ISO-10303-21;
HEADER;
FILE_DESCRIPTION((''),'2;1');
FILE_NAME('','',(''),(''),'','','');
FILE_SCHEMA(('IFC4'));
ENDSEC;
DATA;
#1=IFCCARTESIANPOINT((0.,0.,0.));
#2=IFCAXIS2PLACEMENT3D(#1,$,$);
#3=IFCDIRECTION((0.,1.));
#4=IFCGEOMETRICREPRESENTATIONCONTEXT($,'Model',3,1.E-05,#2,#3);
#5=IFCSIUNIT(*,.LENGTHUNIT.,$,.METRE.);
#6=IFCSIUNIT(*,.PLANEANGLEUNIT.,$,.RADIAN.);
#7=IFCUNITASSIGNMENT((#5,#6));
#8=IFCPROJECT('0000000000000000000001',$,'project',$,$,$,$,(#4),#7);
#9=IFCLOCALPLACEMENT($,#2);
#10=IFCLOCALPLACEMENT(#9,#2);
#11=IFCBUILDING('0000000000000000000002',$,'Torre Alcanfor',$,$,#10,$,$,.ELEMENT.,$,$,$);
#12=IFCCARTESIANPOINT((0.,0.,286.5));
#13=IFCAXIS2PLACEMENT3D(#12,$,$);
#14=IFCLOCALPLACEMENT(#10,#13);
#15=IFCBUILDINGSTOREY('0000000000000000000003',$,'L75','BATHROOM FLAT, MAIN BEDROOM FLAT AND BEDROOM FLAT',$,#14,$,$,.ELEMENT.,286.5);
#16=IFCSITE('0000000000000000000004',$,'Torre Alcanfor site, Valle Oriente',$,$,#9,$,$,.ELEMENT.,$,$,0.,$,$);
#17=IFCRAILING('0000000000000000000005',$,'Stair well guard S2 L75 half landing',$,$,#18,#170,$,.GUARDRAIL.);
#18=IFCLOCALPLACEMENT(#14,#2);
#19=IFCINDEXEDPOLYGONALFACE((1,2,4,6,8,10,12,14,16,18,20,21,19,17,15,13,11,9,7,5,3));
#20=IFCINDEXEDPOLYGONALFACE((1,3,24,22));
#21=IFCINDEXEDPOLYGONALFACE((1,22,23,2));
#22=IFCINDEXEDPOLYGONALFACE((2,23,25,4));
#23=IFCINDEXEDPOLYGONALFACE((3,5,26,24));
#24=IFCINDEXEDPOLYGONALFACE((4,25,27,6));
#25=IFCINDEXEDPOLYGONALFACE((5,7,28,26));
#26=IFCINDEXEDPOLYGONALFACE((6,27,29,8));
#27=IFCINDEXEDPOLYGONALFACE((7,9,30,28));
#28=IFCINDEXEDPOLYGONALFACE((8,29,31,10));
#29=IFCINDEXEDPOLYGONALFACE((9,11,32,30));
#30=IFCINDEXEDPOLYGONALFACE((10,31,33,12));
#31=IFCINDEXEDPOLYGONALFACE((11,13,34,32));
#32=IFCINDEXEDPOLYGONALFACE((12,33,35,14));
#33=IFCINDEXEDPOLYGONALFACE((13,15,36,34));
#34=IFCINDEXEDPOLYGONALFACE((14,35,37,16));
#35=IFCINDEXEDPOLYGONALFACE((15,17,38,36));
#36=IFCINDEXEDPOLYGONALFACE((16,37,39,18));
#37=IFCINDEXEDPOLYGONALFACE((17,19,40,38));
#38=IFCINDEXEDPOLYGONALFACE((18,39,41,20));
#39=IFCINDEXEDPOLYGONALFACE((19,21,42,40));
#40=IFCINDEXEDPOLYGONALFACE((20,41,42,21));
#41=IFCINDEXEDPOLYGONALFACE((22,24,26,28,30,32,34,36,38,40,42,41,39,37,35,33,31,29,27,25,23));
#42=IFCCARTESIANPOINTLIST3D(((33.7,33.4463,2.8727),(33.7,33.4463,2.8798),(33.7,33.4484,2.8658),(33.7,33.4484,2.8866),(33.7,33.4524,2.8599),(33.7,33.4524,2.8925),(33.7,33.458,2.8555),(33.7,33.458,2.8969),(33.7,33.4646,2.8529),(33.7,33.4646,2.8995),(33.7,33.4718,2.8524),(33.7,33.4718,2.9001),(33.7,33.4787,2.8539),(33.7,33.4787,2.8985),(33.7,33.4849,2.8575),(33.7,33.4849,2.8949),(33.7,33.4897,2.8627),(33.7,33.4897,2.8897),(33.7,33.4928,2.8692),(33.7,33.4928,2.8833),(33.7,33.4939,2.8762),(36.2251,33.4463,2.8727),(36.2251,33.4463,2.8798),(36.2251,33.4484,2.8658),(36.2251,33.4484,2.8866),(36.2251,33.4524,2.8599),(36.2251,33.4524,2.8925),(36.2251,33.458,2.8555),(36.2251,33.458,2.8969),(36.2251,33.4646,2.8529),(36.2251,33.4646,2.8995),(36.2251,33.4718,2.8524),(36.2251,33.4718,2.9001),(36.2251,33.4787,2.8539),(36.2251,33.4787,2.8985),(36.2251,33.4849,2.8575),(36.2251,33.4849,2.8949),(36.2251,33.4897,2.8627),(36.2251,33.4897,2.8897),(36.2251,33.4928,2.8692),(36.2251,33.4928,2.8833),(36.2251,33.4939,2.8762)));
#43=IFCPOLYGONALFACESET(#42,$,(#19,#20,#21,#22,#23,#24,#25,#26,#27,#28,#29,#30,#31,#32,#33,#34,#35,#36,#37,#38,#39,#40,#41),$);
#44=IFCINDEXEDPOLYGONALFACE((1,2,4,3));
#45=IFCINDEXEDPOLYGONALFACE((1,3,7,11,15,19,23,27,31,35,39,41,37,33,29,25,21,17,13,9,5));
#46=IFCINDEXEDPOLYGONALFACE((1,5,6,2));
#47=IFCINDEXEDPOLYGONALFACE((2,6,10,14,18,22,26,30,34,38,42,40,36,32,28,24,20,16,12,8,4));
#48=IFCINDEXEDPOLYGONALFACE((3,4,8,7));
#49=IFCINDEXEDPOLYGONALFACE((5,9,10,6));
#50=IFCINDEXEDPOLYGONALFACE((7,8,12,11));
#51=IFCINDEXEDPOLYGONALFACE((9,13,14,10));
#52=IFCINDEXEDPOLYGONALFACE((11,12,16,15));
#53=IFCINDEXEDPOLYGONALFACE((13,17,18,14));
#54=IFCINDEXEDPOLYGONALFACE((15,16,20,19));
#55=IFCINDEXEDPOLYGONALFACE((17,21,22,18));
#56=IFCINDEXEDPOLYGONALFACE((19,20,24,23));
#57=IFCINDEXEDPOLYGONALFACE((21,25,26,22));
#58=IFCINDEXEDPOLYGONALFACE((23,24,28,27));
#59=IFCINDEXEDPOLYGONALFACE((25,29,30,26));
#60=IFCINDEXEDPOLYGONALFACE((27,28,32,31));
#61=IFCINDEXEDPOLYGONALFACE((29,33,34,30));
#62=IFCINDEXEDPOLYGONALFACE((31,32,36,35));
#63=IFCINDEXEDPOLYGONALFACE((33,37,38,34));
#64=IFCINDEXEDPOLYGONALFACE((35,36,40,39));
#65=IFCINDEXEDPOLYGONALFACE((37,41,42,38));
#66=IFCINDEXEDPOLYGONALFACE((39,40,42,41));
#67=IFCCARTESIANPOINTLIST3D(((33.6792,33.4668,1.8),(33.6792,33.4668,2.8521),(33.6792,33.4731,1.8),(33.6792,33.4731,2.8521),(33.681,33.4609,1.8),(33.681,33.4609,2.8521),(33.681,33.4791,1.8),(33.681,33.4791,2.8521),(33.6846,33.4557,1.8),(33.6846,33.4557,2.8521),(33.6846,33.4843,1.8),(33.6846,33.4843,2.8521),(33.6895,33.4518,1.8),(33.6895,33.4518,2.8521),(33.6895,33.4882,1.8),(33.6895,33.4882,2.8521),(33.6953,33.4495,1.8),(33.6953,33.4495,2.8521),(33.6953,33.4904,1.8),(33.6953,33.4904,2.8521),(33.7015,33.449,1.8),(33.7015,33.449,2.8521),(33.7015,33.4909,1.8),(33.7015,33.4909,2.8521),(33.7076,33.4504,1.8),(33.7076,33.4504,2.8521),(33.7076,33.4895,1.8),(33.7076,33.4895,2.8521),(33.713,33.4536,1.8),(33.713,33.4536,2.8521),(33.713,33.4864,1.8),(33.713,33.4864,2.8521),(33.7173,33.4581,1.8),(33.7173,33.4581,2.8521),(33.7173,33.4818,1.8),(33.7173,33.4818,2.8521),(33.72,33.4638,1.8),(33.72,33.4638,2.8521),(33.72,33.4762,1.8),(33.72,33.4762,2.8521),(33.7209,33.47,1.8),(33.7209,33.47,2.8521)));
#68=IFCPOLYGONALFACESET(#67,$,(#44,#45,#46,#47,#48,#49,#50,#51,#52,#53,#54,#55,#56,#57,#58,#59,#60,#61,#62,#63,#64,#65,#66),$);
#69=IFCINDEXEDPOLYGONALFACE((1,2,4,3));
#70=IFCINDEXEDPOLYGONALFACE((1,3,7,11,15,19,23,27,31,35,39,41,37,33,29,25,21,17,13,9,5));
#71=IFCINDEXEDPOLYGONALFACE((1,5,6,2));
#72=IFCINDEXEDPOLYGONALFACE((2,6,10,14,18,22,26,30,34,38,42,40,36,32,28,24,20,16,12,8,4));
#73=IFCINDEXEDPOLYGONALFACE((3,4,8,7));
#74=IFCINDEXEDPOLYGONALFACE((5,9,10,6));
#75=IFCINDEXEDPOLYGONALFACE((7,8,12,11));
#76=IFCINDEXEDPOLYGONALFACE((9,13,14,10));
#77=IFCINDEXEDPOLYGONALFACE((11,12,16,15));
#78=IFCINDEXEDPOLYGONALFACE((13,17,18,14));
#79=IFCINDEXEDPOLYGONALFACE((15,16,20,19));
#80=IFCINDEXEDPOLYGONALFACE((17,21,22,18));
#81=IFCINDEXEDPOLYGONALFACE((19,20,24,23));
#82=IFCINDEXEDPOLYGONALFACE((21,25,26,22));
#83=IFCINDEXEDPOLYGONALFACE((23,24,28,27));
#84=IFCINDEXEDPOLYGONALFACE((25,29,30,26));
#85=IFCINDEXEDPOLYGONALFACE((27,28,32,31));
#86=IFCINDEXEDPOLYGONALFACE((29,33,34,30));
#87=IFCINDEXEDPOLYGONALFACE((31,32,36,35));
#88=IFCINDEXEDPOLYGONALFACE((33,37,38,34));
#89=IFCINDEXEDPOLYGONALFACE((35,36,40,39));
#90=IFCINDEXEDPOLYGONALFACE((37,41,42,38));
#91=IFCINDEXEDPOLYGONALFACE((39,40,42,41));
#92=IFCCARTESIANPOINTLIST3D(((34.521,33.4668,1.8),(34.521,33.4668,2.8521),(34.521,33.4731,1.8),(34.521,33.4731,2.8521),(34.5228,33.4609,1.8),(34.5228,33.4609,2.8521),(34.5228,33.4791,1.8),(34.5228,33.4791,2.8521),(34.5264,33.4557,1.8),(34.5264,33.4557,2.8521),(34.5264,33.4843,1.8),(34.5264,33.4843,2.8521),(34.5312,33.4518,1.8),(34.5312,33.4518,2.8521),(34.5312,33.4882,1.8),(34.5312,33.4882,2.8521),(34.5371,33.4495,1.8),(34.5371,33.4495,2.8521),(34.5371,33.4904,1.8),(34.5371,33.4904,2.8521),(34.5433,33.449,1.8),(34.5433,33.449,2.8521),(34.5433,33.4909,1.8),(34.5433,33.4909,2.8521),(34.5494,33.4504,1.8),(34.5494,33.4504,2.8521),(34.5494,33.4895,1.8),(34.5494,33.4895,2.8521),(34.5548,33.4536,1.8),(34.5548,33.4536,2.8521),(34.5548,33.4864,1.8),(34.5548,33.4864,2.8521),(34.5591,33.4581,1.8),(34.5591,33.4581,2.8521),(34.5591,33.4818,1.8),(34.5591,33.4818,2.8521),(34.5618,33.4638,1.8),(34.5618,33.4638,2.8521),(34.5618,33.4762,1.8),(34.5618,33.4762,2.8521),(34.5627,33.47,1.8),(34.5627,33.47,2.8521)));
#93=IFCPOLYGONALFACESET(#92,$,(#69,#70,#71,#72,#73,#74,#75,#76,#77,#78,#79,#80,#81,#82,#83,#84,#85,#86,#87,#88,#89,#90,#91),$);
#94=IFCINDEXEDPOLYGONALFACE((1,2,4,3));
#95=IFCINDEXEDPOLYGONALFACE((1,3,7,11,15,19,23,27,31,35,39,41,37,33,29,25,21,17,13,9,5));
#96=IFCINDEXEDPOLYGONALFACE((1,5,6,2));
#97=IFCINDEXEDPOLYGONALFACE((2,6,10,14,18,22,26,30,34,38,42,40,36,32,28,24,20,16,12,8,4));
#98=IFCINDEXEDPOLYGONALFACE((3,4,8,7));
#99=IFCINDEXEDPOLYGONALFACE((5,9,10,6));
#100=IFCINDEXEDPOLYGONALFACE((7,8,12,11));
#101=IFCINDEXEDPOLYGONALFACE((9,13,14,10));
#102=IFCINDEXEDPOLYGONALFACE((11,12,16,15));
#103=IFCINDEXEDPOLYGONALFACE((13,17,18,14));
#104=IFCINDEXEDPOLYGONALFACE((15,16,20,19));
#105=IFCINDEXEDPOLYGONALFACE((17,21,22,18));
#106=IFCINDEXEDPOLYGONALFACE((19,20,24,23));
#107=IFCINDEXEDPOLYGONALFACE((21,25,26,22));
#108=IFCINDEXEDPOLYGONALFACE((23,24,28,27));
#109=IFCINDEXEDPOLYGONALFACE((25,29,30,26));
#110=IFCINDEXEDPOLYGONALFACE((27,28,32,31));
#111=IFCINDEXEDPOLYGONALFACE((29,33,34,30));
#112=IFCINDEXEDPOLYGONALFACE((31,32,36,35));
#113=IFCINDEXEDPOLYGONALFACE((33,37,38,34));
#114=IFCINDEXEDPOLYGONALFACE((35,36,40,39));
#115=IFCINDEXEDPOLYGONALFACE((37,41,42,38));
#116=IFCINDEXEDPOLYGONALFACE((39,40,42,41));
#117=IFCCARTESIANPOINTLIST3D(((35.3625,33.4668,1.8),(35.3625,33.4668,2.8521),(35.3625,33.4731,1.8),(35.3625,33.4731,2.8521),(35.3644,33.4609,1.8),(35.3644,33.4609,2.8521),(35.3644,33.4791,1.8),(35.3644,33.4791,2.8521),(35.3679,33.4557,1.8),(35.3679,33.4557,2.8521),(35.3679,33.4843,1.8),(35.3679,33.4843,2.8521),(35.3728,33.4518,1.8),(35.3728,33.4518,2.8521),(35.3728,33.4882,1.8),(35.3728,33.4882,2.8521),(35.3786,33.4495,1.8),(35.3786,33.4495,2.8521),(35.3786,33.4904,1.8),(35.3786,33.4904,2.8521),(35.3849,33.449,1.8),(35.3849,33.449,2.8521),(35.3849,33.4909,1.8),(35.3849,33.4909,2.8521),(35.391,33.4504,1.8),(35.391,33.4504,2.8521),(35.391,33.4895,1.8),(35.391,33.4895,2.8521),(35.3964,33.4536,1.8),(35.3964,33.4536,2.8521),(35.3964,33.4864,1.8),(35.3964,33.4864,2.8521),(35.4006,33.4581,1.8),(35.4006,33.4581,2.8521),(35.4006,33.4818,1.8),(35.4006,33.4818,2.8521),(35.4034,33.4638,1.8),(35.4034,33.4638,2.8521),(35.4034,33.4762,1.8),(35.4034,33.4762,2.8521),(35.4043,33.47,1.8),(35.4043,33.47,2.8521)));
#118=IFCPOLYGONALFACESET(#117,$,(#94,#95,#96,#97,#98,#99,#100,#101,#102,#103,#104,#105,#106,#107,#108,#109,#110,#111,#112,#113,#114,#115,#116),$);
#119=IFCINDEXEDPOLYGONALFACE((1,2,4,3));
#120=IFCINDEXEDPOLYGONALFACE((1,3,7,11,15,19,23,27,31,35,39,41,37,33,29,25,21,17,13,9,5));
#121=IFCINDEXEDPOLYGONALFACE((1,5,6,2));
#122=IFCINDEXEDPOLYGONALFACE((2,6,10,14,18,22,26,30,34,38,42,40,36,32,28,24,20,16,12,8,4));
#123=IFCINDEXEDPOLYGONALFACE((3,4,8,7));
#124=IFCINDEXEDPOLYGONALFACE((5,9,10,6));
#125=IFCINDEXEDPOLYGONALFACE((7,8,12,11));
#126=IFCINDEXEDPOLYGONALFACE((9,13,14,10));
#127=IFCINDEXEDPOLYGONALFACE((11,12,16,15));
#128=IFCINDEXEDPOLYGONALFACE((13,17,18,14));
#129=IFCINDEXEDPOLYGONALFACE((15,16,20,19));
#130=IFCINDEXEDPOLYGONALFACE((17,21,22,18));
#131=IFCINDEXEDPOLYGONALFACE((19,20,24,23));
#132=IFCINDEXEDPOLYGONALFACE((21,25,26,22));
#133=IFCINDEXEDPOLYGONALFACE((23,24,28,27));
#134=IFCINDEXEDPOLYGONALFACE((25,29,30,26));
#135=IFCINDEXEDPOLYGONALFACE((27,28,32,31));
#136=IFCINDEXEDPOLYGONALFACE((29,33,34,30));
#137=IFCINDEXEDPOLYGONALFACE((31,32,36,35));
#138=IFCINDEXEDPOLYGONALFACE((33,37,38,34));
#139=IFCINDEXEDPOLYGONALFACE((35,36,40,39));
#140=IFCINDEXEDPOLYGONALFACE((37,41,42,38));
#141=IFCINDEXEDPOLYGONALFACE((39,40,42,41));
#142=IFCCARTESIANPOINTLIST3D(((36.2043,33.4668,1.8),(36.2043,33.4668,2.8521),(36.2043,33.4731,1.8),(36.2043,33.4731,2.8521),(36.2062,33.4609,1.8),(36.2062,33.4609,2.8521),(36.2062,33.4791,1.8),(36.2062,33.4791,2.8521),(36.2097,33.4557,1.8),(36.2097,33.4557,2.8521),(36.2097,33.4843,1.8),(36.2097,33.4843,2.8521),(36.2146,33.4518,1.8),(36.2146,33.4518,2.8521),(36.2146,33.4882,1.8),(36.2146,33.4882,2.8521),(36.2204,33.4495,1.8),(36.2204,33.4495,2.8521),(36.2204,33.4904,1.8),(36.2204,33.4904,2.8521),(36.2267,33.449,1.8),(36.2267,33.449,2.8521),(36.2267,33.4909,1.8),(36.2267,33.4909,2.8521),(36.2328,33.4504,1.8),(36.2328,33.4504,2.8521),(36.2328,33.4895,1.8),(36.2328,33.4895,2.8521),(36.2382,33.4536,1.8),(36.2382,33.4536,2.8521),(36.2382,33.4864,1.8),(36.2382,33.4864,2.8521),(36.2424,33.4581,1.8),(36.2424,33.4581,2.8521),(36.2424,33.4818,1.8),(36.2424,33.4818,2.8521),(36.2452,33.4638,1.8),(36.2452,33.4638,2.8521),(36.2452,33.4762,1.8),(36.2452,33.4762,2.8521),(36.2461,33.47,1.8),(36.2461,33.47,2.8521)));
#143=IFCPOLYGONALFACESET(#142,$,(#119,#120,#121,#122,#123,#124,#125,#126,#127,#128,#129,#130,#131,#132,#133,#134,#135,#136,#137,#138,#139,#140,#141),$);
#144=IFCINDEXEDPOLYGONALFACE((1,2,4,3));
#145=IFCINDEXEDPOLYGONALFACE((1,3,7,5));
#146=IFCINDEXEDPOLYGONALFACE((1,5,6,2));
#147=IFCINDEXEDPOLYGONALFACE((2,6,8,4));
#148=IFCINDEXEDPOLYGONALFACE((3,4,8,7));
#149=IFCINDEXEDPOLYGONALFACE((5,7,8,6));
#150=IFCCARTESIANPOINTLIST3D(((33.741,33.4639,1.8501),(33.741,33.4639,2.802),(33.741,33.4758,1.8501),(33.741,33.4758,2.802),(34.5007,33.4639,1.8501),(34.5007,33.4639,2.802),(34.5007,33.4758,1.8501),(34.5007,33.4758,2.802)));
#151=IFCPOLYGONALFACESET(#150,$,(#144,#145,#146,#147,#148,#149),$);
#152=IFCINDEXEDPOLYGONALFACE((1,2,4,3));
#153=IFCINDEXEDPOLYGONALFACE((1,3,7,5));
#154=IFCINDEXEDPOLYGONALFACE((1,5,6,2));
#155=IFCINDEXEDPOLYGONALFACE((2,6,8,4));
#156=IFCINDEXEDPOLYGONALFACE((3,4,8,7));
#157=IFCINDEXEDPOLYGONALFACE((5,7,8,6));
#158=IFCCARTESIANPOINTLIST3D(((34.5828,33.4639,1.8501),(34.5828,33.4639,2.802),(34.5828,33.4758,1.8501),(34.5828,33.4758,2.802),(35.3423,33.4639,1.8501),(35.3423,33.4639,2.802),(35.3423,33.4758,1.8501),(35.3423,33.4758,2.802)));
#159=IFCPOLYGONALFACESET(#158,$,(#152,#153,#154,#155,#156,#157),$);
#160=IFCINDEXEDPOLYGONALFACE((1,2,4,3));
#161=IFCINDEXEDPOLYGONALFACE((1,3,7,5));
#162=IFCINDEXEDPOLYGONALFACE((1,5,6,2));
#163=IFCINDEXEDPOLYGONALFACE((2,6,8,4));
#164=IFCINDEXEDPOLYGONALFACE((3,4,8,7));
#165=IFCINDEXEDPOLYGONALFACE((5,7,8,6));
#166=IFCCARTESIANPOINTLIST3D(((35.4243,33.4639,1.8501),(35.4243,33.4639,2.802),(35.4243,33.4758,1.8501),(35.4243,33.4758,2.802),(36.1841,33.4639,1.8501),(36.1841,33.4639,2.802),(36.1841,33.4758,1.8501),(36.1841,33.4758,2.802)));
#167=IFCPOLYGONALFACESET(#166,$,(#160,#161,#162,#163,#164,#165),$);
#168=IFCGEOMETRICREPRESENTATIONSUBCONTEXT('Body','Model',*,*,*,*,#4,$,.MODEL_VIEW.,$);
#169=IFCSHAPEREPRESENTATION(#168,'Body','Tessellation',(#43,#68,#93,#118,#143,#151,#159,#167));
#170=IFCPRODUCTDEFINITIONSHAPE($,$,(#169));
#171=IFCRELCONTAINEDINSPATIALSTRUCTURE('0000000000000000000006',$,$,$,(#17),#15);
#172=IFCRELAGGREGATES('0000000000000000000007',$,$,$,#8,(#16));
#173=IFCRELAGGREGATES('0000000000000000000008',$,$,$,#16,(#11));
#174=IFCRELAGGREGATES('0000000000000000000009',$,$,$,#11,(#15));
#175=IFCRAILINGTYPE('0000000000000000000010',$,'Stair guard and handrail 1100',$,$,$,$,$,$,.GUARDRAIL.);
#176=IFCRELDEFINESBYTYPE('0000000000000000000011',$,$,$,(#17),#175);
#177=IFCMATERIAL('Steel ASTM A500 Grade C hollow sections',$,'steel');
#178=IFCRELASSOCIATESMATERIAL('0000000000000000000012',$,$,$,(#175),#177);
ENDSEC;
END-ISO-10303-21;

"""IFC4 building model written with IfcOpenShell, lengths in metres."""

from ifc_helpers import new_model, si_unit, direction, frame, origin, origin_2d, place, context, subcontext, project, spatial, polyline, circle, outline, extrude, material, type_object, element, save


model = new_model("IFC4")

# Units and contexts
model_context = context("Model", 3, precision=1e-05, world=origin(), true_north=direction((0.0, 1.0)))
body_context = subcontext(model_context, "Body", "Model", "MODEL_VIEW")
ifc_project = project(units=[si_unit("LENGTHUNIT", "METRE"), si_unit("PLANEANGLEUNIT", "RADIAN")], contexts=[model_context])

# Site, building, storey
site_placement = place(None, origin())
site = spatial("IfcSite", under=ifc_project, at=site_placement, Name="Torre Alcanfor site, Valle Oriente", CompositionType="ELEMENT", RefElevation=0.0)
building_placement = place(site_placement, origin())
building = spatial("IfcBuilding", under=site, at=building_placement, Name="Torre Alcanfor", CompositionType="ELEMENT")
storey_placement = place(building_placement, frame((0.0, 0.0, 286.5)))
storey = spatial("IfcBuildingStorey", under=building, at=storey_placement, Name="L75", Description="BATHROOM FLAT, MAIN BEDROOM FLAT AND BEDROOM FLAT", CompositionType="ELEMENT", Elevation=286.5)

# Railing
ifc_material_1 = material(Name="Steel ASTM A500 Grade C hollow sections", Category="steel")
railing_type_1 = type_object("IfcRailingType", Name="Stair guard and handrail 1100", PredefinedType="GUARDRAIL", material=ifc_material_1)
for number, where, name in (
    (1, (33.7, 33.47, 1.8), "Stair well guard S2 L75 half landing"),
):
    element("IfcRailing", number, at=place(storey_placement, frame(where)), inside=storey, type_object=railing_type_1, Name=name, PredefinedType="GUARDRAIL", context=body_context, shape_type="SweptSolid", body=[
        extrude(circle(Radius=0.0239, at=origin_2d()), frame((0.0, 0.0, 1.0762), z_axis=(1.0, 0.0, 0.0), x_axis=(0.0, 1.0, 0.0)), (0.0, 0.0, 1.0), 2.5251),
        extrude(circle(Radius=0.021, at=origin_2d()), origin(), (0.0, 0.0, 1.0), 1.052),
        extrude(circle(Radius=0.021, at=origin_2d()), frame((0.8418, 0.0, 0.0)), (0.0, 0.0, 1.0), 1.052),
        extrude(circle(Radius=0.021, at=origin_2d()), frame((1.6833, 0.0, 0.0)), (0.0, 0.0, 1.0), 1.052),
        extrude(circle(Radius=0.021, at=origin_2d()), frame((2.5251, 0.0, 0.0)), (0.0, 0.0, 1.0), 1.052),
        extrude(outline(polyline([(0.041, 0.05), (0.8008, 0.05), (0.8008, 1.002), (0.041, 1.002), (0.041, 0.05)])), frame((0.0, 0.0059, 0.0), z_axis=(0.0, -1.0, 0.0), x_axis=(1.0, 0.0, 0.0)), (0.0, 0.0, 1.0), 0.012),
        extrude(outline(polyline([(0.8828, 0.05), (1.6423, 0.05), (1.6423, 1.002), (0.8828, 1.002), (0.8828, 0.05)])), frame((0.0, 0.0059, 0.0), z_axis=(0.0, -1.0, 0.0), x_axis=(1.0, 0.0, 0.0)), (0.0, 0.0, 1.0), 0.012),
        extrude(outline(polyline([(1.7244, 0.05), (2.4841, 0.05), (2.4841, 1.002), (1.7244, 1.002), (1.7244, 0.05)])), frame((0.0, 0.0059, 0.0), z_axis=(0.0, -1.0, 0.0), x_axis=(1.0, 0.0, 0.0)), (0.0, 0.0, 1.0), 0.012),
    ])

save(model, "model.ifc")
